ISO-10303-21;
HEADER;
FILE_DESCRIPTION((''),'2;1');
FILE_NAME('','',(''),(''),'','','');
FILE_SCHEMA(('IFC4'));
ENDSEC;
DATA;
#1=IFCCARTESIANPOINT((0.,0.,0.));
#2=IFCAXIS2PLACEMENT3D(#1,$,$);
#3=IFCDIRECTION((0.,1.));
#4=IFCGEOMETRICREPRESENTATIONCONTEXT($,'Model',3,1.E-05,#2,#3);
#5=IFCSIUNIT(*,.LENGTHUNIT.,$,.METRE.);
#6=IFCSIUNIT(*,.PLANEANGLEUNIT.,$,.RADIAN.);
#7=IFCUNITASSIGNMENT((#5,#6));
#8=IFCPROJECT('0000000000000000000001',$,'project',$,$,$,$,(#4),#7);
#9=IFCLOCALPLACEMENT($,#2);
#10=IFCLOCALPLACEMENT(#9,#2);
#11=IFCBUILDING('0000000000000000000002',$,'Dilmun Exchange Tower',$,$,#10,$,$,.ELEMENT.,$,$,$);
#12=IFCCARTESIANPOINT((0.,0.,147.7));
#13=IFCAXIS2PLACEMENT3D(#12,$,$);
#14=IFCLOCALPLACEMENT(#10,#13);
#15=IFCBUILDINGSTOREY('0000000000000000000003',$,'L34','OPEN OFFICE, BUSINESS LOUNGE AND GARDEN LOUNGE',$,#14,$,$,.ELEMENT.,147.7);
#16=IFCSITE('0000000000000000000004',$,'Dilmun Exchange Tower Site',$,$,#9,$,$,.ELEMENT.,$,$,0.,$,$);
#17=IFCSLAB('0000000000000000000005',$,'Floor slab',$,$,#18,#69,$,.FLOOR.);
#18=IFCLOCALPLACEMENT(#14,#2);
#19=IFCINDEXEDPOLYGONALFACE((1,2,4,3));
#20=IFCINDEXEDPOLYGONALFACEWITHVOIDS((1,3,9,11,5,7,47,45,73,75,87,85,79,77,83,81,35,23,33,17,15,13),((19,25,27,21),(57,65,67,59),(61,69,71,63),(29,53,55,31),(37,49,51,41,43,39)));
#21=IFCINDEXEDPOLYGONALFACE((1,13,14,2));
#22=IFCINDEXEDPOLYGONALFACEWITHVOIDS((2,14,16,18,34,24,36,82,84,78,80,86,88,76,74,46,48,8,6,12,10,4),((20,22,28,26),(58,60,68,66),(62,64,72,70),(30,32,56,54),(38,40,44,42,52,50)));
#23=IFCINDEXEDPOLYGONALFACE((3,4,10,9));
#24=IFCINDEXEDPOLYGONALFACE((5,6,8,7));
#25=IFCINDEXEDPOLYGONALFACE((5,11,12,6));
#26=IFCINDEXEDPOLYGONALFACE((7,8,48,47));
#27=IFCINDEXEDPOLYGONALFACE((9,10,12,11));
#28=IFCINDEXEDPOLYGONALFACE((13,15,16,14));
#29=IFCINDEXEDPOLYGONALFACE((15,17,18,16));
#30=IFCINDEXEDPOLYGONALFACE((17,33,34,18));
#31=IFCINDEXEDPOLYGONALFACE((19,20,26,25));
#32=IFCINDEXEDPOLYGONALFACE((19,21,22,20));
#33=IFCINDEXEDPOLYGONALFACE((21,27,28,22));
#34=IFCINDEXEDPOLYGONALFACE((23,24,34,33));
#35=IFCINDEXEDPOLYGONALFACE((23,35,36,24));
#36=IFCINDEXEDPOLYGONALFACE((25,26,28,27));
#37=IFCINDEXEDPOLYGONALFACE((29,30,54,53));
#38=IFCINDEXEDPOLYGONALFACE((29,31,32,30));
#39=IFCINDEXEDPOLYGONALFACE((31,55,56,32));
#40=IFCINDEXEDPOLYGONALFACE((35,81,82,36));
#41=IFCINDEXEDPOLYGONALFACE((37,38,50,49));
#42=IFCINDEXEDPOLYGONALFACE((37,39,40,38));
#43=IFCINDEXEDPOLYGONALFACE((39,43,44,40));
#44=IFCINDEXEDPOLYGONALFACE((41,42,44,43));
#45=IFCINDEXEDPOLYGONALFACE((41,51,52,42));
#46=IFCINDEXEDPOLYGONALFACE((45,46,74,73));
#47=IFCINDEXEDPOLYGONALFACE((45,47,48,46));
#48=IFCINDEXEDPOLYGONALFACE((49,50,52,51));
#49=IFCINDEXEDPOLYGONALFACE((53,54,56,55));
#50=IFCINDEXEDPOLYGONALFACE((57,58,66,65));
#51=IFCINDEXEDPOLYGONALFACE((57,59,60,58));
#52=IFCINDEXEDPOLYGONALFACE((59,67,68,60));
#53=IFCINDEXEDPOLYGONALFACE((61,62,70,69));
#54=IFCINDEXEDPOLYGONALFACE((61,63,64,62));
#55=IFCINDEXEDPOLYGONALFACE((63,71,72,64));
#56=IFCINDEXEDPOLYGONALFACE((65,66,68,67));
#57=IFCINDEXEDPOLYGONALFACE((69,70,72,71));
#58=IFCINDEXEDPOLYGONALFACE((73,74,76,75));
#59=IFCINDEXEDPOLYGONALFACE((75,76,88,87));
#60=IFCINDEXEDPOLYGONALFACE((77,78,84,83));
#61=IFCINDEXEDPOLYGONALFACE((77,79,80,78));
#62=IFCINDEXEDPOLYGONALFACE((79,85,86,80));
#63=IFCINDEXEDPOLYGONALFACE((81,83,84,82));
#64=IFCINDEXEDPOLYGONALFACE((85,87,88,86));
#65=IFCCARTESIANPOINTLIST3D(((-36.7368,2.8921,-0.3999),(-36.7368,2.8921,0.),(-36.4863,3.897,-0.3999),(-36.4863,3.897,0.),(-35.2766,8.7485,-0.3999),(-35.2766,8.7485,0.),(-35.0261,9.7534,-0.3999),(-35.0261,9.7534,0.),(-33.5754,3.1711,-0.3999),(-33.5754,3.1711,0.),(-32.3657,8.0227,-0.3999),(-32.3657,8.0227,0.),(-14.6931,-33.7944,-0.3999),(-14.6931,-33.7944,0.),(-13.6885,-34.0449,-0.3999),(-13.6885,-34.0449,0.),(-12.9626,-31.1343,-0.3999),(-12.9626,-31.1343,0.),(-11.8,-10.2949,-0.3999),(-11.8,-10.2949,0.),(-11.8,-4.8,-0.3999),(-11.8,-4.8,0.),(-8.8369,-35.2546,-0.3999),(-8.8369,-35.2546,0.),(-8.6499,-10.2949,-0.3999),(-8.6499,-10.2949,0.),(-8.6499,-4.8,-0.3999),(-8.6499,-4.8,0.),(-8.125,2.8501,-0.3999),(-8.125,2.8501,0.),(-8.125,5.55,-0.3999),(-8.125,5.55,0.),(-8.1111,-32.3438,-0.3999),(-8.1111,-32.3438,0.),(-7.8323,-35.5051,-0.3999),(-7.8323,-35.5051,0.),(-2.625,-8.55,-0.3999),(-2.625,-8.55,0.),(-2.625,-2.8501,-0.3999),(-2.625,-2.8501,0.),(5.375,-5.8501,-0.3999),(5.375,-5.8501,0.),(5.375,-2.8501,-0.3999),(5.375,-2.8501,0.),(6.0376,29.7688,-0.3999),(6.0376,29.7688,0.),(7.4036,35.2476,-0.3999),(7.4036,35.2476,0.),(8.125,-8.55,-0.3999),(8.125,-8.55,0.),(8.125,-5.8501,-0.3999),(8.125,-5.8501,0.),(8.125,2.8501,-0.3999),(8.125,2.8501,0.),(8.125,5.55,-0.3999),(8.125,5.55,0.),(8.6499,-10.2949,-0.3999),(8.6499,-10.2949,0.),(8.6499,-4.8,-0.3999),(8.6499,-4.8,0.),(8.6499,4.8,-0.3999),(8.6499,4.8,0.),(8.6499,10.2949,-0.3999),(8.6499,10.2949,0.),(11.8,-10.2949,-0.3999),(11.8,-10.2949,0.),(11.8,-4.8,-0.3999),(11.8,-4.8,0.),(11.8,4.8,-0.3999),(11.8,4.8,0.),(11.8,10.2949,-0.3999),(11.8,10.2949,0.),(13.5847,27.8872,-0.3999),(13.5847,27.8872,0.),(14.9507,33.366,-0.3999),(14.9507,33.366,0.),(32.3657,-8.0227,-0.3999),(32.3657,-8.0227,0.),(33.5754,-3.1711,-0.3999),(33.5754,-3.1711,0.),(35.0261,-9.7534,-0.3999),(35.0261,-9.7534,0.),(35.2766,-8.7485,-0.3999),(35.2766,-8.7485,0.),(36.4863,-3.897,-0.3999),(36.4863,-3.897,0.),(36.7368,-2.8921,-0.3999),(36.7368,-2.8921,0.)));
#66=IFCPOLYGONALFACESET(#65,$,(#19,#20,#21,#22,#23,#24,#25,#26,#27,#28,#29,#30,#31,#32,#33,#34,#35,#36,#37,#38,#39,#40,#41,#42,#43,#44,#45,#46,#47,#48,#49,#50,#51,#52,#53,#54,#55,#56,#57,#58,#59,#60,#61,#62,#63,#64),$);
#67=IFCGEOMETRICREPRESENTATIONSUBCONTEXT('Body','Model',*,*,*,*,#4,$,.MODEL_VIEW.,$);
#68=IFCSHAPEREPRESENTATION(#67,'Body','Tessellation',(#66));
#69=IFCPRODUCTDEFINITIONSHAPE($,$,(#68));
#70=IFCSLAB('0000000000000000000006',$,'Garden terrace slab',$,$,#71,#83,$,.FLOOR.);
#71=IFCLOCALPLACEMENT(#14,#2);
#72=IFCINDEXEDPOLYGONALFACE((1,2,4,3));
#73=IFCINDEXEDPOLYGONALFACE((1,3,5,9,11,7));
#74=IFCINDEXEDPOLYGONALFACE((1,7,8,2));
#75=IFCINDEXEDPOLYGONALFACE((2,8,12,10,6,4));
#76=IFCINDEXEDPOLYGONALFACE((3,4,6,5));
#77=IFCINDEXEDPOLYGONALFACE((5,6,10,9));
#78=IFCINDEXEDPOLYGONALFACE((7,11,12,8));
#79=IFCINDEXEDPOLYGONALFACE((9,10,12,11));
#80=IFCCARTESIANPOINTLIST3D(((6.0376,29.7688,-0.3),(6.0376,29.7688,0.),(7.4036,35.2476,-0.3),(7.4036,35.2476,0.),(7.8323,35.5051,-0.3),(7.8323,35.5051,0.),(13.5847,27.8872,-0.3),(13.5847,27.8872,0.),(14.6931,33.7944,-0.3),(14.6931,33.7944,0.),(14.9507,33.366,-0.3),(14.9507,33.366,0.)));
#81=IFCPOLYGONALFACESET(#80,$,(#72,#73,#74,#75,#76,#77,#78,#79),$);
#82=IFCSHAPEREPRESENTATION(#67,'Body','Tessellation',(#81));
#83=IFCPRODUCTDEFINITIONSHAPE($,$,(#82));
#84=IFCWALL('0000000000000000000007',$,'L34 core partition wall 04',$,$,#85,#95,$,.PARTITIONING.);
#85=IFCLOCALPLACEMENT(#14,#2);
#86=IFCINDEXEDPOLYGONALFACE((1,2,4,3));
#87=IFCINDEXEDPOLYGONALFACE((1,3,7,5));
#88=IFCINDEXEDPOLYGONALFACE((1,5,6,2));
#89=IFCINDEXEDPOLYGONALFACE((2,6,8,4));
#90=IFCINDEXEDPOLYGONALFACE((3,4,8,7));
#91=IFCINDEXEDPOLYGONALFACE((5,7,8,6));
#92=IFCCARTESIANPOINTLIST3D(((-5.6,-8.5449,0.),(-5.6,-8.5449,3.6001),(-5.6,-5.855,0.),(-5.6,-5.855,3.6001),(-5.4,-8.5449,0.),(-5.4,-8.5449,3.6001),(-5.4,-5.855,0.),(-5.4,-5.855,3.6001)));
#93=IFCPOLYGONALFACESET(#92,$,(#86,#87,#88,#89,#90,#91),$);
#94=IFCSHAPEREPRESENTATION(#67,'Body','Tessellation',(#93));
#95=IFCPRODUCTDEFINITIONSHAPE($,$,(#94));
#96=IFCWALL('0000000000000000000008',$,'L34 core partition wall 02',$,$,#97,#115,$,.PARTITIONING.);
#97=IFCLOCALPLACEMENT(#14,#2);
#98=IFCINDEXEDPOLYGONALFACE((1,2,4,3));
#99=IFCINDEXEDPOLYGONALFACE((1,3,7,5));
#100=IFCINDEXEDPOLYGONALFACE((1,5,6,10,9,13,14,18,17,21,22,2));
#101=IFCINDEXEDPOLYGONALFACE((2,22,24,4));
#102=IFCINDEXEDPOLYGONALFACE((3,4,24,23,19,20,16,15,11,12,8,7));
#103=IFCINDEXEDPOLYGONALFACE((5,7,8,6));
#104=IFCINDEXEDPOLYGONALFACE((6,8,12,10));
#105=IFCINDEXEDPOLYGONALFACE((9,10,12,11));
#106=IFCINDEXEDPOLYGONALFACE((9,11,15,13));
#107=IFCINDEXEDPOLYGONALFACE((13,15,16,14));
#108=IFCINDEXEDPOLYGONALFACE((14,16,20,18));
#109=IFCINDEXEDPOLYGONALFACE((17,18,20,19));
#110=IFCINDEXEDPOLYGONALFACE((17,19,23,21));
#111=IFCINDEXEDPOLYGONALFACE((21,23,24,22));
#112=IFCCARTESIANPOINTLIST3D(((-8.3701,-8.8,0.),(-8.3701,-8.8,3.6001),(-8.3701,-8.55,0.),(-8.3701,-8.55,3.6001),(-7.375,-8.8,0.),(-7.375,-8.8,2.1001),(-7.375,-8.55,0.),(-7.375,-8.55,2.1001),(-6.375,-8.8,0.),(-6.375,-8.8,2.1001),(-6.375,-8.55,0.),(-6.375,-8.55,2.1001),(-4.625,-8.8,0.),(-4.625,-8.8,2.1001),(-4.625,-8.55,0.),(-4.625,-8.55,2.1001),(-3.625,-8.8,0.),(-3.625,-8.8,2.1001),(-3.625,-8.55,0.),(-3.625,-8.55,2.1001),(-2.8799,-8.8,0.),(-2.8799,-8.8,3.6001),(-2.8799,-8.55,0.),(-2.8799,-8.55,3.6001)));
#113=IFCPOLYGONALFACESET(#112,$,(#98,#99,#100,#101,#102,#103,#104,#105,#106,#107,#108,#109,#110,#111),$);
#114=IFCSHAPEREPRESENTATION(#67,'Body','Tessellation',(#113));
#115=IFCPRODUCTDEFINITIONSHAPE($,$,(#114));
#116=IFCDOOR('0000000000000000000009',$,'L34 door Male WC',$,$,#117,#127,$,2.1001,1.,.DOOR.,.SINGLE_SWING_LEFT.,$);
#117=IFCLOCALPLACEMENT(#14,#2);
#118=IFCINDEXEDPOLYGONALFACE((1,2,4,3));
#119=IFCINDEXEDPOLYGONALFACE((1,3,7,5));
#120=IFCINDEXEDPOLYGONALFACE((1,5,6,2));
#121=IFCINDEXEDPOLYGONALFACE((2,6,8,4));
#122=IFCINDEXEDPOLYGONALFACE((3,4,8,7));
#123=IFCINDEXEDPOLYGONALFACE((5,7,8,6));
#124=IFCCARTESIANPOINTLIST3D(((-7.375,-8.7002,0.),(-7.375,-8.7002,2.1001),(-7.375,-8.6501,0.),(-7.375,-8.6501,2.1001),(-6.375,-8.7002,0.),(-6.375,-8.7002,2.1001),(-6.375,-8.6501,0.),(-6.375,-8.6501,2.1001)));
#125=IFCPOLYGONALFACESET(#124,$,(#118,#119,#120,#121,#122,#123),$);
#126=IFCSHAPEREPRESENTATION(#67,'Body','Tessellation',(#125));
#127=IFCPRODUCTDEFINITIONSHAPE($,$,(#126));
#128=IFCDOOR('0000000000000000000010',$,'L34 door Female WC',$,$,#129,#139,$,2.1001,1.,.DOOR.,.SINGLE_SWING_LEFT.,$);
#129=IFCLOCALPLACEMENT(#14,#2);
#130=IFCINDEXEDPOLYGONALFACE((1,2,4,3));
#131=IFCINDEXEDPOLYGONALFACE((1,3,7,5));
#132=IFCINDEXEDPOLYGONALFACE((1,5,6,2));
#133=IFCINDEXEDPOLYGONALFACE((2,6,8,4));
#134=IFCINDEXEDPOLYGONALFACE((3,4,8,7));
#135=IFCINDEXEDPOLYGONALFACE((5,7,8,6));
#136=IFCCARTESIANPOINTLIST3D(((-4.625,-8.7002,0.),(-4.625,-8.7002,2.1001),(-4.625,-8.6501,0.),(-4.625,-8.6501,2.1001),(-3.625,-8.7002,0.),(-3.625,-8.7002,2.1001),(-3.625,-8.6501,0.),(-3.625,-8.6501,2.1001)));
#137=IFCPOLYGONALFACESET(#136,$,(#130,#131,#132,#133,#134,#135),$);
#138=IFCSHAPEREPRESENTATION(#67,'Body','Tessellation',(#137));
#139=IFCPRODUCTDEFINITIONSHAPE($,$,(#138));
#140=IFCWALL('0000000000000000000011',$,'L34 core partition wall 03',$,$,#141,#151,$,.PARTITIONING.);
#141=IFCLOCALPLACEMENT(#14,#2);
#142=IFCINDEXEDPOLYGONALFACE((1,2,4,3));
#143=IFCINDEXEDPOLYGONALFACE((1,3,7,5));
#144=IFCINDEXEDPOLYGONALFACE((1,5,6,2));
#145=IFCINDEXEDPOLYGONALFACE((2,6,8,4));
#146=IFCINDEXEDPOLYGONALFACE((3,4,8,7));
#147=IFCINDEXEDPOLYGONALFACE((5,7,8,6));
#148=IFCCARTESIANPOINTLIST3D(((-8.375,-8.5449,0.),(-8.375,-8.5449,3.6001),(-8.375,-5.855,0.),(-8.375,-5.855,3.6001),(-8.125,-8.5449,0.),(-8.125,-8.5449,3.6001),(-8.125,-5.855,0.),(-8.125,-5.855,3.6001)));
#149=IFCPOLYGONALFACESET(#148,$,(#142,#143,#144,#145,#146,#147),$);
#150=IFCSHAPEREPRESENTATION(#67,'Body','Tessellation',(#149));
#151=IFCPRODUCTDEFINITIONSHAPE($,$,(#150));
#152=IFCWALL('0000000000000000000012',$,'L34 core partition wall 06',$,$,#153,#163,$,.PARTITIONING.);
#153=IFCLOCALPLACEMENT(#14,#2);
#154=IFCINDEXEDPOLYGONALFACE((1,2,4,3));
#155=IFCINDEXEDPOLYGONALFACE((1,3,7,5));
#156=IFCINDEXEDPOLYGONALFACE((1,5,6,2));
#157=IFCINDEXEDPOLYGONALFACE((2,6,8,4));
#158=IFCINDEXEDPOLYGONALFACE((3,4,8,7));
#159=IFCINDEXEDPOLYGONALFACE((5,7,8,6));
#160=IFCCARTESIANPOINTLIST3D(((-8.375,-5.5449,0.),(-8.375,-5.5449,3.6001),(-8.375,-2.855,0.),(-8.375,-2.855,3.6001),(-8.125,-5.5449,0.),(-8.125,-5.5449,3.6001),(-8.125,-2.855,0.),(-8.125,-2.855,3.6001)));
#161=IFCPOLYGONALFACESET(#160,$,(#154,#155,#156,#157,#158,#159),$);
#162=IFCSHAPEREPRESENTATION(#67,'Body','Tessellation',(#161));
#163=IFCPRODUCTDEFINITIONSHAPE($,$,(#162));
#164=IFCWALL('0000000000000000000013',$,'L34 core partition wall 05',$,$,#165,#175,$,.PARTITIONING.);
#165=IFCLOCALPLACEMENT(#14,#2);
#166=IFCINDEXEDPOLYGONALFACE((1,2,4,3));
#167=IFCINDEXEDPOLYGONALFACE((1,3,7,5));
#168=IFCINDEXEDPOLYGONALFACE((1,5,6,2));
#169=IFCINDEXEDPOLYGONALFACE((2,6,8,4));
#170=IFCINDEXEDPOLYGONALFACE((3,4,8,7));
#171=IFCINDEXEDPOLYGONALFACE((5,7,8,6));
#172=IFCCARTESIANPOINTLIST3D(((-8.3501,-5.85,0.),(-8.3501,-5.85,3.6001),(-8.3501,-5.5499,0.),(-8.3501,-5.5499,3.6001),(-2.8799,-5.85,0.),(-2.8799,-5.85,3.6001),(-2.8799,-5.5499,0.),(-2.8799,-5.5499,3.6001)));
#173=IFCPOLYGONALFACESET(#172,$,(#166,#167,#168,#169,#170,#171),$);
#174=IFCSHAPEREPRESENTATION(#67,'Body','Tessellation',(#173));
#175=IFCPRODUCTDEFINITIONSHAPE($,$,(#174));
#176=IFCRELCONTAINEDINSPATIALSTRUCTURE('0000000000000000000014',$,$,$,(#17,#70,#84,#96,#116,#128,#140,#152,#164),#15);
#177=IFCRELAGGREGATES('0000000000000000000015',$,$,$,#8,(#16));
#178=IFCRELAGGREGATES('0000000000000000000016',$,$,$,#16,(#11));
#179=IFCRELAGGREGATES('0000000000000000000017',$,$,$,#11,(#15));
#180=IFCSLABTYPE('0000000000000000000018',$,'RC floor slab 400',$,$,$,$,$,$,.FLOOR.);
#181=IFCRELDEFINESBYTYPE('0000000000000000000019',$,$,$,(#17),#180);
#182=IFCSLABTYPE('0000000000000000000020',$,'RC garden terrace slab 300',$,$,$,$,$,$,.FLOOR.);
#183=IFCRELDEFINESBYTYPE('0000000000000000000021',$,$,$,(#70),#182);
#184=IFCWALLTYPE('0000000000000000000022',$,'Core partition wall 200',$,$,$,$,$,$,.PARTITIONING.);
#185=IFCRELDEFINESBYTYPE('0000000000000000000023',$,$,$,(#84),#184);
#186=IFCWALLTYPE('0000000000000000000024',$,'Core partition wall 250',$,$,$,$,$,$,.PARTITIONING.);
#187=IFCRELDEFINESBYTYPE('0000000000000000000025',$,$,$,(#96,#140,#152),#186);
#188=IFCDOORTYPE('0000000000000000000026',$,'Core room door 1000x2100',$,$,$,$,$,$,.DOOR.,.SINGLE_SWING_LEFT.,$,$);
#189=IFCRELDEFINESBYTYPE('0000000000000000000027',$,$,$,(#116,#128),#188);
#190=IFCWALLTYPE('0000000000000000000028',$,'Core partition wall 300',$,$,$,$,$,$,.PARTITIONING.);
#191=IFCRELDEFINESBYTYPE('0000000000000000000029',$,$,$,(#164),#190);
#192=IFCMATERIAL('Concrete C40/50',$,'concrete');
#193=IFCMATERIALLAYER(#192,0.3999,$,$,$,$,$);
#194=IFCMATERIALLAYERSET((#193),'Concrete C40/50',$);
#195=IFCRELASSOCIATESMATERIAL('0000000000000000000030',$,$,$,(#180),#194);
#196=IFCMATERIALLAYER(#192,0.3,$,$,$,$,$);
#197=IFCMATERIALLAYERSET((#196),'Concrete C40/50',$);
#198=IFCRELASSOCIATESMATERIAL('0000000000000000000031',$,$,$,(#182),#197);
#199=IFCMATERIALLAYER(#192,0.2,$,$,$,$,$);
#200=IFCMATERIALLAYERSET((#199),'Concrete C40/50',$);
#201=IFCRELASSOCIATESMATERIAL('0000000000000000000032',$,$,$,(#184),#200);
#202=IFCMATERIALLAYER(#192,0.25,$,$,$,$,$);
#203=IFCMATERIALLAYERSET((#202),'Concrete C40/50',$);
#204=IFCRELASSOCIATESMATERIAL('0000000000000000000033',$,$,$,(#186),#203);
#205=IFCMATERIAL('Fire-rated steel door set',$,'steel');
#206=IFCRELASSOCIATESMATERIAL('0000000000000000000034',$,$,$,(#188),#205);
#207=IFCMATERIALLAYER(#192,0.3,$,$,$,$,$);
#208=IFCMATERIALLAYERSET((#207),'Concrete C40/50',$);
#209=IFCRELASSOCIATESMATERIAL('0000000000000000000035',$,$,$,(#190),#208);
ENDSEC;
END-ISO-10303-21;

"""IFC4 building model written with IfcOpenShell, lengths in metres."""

from ifc_helpers import new_model, si_unit, direction, frame, frame_2d, origin, place, context, subcontext, project, spatial, polyline, rectangle, outline, extrude, material, layer, layer_set, type_object, element, fill, save


model = new_model("IFC4")

# Units and contexts
model_context = context("Model", 3, precision=1e-05, world=origin(), true_north=direction((0.0, 1.0)))
body_context = subcontext(model_context, "Body", "Model", "MODEL_VIEW")
ifc_project = project(units=[si_unit("LENGTHUNIT", "METRE"), si_unit("PLANEANGLEUNIT", "RADIAN")], contexts=[model_context])

# Site, building, storey
site_placement = place(None, origin())
site = spatial("IfcSite", under=ifc_project, at=site_placement, Name="Dilmun Exchange Tower Site", CompositionType="ELEMENT", RefElevation=0.0)
building_placement = place(site_placement, origin())
building = spatial("IfcBuilding", under=site, at=building_placement, Name="Dilmun Exchange Tower", CompositionType="ELEMENT")
storey_placement = place(building_placement, frame((0.0, 0.0, 147.7)))
storey = spatial("IfcBuildingStorey", under=building, at=storey_placement, Name="L34", Description="OPEN OFFICE, BUSINESS LOUNGE AND GARDEN LOUNGE", CompositionType="ELEMENT", Elevation=147.7)

# Slabs
ifc_material_1 = material(Name="Concrete C40/50", Category="concrete")
ifc_layer_1 = layer(ifc_material_1, 0.3999)
ifc_layer_set_1 = layer_set([ifc_layer_1], Name="Concrete C40/50")
slab_type_1 = type_object("IfcSlabType", Name="RC floor slab 400", PredefinedType="FLOOR", material=ifc_layer_set_1)
slab_1_placement = place(storey_placement, frame((0.0, 0.0, -0.3999)))
element("IfcSlab", 1, at=slab_1_placement, inside=storey, type_object=slab_type_1, Name="Floor slab", PredefinedType="FLOOR", context=body_context, shape_type="SweptSolid", body=[
    extrude(outline(polyline([(36.4863, -3.897), (33.5754, -3.1711), (32.3657, -8.0227), (35.2766, -8.7485), (35.0261, -9.7534), (-7.8323, -35.5051), (-8.8369, -35.2546), (-8.1111, -32.3438), (-12.9626, -31.1343), (-13.6885, -34.0449), (-14.6931, -33.7944), (-36.7368, 2.8921), (-36.4863, 3.897), (-33.5754, 3.1711), (-32.3657, 8.0227), (-35.2766, 8.7485), (-35.0261, 9.7534), (7.4036, 35.2476), (6.0376, 29.7688), (13.5847, 27.8872), (14.9507, 33.366), (36.7368, -2.8921), (36.4863, -3.897)]), holes=[polyline([(-8.6499, -4.8), (-11.8, -4.8), (-11.8, -10.2949), (-8.6499, -10.2949), (-8.6499, -4.8)]), polyline([(11.8, -4.8), (8.6499, -4.8), (8.6499, -10.2949), (11.8, -10.2949), (11.8, -4.8)]), polyline([(5.375, -2.8501), (-2.625, -2.8501), (-2.625, -8.55), (8.125, -8.55), (8.125, -5.8501), (5.375, -5.8501), (5.375, -2.8501)]), polyline([(8.125, 2.8501), (8.125, 5.55), (-8.125, 5.55), (-8.125, 2.8501), (8.125, 2.8501)]), polyline([(8.6499, 10.2949), (8.6499, 4.8), (11.8, 4.8), (11.8, 10.2949), (8.6499, 10.2949)])]), origin(), (0.0, 0.0, 1.0), 0.3999),
])
ifc_layer_2 = layer(ifc_material_1, 0.3)
ifc_layer_set_2 = layer_set([ifc_layer_2], Name="Concrete C40/50")
slab_type_2 = type_object("IfcSlabType", Name="RC garden terrace slab 300", PredefinedType="FLOOR", material=ifc_layer_set_2)
slab_2_placement = place(storey_placement, frame((0.0, 0.0, -0.3)))
element("IfcSlab", 2, at=slab_2_placement, inside=storey, type_object=slab_type_2, Name="Garden terrace slab", PredefinedType="FLOOR", context=body_context, shape_type="SweptSolid", body=[
    extrude(outline(polyline([(6.0376, 29.7688), (7.4036, 35.2476), (7.8323, 35.5051), (14.6931, 33.7944), (14.9507, 33.366), (13.5847, 27.8872), (6.0376, 29.7688)])), origin(), (0.0, 0.0, 1.0), 0.3),
])

# Wall
ifc_layer_3 = layer(ifc_material_1, 0.2)
ifc_layer_set_3 = layer_set([ifc_layer_3], Name="Concrete C40/50")
wall_type_1 = type_object("IfcWallType", Name="Core partition wall 200", PredefinedType="PARTITIONING", material=ifc_layer_set_3)
wall_1_placement = place(storey_placement, frame((-5.5, -8.5449, 0.0), z_axis=(0.0, 0.0, 1.0), x_axis=(0.0, 1.0, 0.0)))
element("IfcWall", 3, at=wall_1_placement, inside=storey, type_object=wall_type_1, Name="L34 core partition wall 04", PredefinedType="PARTITIONING", context=body_context, shape_type="SweptSolid", body=[
    extrude(rectangle(XDim=2.6899, YDim=0.2, at=frame_2d((1.345, 0.0))), origin(), (0.0, 0.0, 1.0), 3.6001),
])

# Wall, openings, doors
ifc_layer_4 = layer(ifc_material_1, 0.25)
ifc_layer_set_4 = layer_set([ifc_layer_4], Name="Concrete C40/50")
wall_type_2 = type_object("IfcWallType", Name="Core partition wall 250", PredefinedType="PARTITIONING", material=ifc_layer_set_4)
wall_2_placement = place(storey_placement, frame((-8.3701, -8.675, 0.0), z_axis=(0.0, 0.0, 1.0), x_axis=(1.0, 0.0, 0.0)))
wall_2 = element("IfcWall", 4, at=wall_2_placement, inside=storey, type_object=wall_type_2, Name="L34 core partition wall 02", PredefinedType="PARTITIONING", context=body_context, shape_type="SweptSolid", body=[
    extrude(rectangle(XDim=5.4902, YDim=0.25, at=frame_2d((2.7451, 0.0))), origin(), (0.0, 0.0, 1.0), 3.6001),
])
opening_1_placement = place(wall_2_placement, frame((0.9951, 0.0, 0.0)))
opening_1 = element("IfcOpeningElement", 5, at=opening_1_placement, cuts=wall_2, PredefinedType="OPENING", context=body_context, shape_type="SweptSolid", body=[
    extrude(rectangle(XDim=1.0, YDim=2.1001, at=frame_2d((0.5, 1.05))), frame((0.0, 0.135, 0.0), z_axis=(0.0, -1.0, 0.0), x_axis=(1.0, 0.0, 0.0)), (0.0, 0.0, 1.0), 0.27),
])
opening_2_placement = place(wall_2_placement, frame((3.7451, 0.0, 0.0)))
opening_2 = element("IfcOpeningElement", 6, at=opening_2_placement, cuts=wall_2, PredefinedType="OPENING", context=body_context, shape_type="SweptSolid", body=[
    extrude(rectangle(XDim=1.0, YDim=2.1001, at=frame_2d((0.5, 1.05))), frame((0.0, 0.135, 0.0), z_axis=(0.0, -1.0, 0.0), x_axis=(1.0, 0.0, 0.0)), (0.0, 0.0, 1.0), 0.27),
])
ifc_material_2 = material(Name="Fire-rated steel door set", Category="steel")
door_type_1 = type_object("IfcDoorType", Name="Core room door 1000x2100", OperationType="SINGLE_SWING_LEFT", PredefinedType="DOOR", material=ifc_material_2)
door_1_placement = place(opening_1_placement, origin())
door_1 = element("IfcDoor", 7, at=door_1_placement, inside=storey, type_object=door_type_1, Name="L34 door Male WC", OperationType="SINGLE_SWING_LEFT", OverallHeight=2.1001, OverallWidth=1.0, PredefinedType="DOOR", context=body_context, shape_type="SweptSolid", body=[
    extrude(rectangle(XDim=1.0, YDim=2.1001, at=frame_2d((0.5, 1.05))), frame((0.0, 0.0249, 0.0), z_axis=(0.0, -1.0, 0.0), x_axis=(1.0, 0.0, 0.0)), (0.0, 0.0, 1.0), 0.05),
])
fill(opening_1, door_1)
door_2_placement = place(opening_2_placement, origin())
door_2 = element("IfcDoor", 8, at=door_2_placement, inside=storey, type_object=door_type_1, Name="L34 door Female WC", OperationType="SINGLE_SWING_LEFT", OverallHeight=2.1001, OverallWidth=1.0, PredefinedType="DOOR", context=body_context, shape_type="SweptSolid", body=[
    extrude(rectangle(XDim=1.0, YDim=2.1001, at=frame_2d((0.5, 1.05))), frame((0.0, 0.0249, 0.0), z_axis=(0.0, -1.0, 0.0), x_axis=(1.0, 0.0, 0.0)), (0.0, 0.0, 1.0), 0.05),
])
fill(opening_2, door_2)

# Walls
for number, where, z_axis, x_axis, name in (
    (9, (-8.25, -8.5449, 0.0), (0.0, 0.0, 1.0), (0.0, 1.0, 0.0), "L34 core partition wall 03"),
    (10, (-8.25, -5.5449, 0.0), (0.0, 0.0, 1.0), (0.0, 1.0, 0.0), "L34 core partition wall 06"),
):
    element("IfcWall", number, at=place(storey_placement, frame(where, z_axis=z_axis, x_axis=x_axis)), inside=storey, type_object=wall_type_2, Name=name, PredefinedType="PARTITIONING", context=body_context, shape_type="SweptSolid", body=[
        extrude(rectangle(XDim=2.6899, YDim=0.25, at=frame_2d((1.345, 0.0))), origin(), (0.0, 0.0, 1.0), 3.6001),
    ])
ifc_layer_5 = layer(ifc_material_1, 0.3)
ifc_layer_set_5 = layer_set([ifc_layer_5], Name="Concrete C40/50")
wall_type_3 = type_object("IfcWallType", Name="Core partition wall 300", PredefinedType="PARTITIONING", material=ifc_layer_set_5)
wall_3_placement = place(storey_placement, frame((-8.3501, -5.7, 0.0), z_axis=(0.0, 0.0, 1.0), x_axis=(1.0, 0.0, 0.0)))
element("IfcWall", 11, at=wall_3_placement, inside=storey, type_object=wall_type_3, Name="L34 core partition wall 05", PredefinedType="PARTITIONING", context=body_context, shape_type="SweptSolid", body=[
    extrude(rectangle(XDim=5.4702, YDim=0.3, at=frame_2d((2.7351, 0.0))), origin(), (0.0, 0.0, 1.0), 3.6001),
])

save(model, "model.ifc")
